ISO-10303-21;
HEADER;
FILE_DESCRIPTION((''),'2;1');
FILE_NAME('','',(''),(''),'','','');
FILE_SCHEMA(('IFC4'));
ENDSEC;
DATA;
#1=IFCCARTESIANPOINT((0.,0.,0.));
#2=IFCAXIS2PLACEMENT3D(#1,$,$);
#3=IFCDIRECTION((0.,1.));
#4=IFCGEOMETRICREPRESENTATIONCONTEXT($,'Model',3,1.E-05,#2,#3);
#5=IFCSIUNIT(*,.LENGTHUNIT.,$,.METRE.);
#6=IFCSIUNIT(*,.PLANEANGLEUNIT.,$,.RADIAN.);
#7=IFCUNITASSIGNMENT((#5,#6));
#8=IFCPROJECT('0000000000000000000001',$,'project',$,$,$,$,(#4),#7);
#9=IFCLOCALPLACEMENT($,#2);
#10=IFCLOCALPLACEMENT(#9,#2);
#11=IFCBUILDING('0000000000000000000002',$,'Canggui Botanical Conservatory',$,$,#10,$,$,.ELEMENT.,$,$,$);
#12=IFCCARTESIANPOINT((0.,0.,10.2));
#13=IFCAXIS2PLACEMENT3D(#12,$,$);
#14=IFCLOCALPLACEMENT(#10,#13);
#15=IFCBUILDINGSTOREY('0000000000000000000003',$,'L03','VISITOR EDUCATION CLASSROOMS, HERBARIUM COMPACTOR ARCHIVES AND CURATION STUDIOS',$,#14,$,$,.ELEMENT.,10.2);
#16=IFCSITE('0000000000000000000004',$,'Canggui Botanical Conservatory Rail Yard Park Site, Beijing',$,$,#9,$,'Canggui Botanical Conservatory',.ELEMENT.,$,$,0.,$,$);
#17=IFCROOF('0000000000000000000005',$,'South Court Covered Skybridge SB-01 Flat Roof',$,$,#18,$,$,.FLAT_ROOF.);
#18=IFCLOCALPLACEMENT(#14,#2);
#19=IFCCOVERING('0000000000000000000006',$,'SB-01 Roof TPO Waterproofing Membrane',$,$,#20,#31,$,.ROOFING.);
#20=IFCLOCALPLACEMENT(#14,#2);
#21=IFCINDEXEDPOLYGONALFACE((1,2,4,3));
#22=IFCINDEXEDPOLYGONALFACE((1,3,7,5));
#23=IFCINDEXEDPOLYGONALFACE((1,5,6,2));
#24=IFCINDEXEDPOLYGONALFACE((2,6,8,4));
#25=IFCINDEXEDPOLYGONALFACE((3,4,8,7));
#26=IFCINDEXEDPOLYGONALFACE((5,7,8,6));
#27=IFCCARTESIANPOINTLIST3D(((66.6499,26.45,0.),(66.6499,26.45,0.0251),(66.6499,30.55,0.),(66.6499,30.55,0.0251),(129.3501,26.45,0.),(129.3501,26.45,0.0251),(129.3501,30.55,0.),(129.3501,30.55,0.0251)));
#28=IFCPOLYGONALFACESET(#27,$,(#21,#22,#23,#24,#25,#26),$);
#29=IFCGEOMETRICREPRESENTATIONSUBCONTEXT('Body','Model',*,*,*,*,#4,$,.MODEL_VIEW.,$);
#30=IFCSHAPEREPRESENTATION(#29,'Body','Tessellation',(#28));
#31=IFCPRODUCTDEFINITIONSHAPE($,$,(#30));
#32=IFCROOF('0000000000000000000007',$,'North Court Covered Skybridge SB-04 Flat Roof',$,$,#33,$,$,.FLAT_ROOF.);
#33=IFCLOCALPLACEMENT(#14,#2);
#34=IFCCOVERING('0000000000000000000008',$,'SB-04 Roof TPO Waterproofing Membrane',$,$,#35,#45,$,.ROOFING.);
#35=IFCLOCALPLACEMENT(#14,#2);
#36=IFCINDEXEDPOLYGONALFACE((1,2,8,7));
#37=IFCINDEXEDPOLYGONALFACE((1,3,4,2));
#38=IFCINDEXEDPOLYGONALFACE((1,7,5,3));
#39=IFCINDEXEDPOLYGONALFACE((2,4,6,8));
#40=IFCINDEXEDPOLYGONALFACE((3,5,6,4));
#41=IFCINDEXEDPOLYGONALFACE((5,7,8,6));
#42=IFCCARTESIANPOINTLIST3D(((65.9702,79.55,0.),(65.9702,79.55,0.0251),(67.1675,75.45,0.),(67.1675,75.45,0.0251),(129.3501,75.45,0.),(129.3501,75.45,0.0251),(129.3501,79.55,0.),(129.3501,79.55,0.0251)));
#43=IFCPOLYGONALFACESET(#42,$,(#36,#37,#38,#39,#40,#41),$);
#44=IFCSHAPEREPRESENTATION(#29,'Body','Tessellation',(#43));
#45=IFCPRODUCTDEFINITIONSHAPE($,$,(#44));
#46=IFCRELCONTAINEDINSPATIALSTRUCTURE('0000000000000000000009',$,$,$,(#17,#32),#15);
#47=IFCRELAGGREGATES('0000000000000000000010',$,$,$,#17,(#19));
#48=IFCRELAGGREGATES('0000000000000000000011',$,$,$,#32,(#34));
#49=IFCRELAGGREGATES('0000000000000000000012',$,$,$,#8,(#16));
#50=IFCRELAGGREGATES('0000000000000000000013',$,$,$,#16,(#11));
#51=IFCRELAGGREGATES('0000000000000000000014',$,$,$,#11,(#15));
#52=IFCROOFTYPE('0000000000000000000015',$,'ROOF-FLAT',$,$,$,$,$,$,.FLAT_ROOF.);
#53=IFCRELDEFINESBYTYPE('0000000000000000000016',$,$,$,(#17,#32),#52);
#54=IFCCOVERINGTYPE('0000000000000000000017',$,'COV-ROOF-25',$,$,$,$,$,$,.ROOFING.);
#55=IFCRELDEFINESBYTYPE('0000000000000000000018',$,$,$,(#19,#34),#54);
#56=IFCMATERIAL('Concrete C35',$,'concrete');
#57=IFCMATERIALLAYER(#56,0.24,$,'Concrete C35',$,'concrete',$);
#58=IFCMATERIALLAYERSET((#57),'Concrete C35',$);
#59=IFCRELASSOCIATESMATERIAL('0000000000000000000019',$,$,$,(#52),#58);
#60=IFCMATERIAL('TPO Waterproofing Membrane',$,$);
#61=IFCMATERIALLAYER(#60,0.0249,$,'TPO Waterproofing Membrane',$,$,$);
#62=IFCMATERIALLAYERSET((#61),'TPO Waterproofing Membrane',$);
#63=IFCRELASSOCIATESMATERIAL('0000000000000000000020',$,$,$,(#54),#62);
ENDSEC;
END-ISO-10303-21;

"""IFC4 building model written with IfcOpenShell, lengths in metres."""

from ifc_helpers import new_model, si_unit, direction, frame, origin, place, context, subcontext, project, spatial, polyline, outline, extrude, material, layer, layer_set, type_object, element, aggregate, save


model = new_model("IFC4")

# Units and contexts
model_context = context("Model", 3, precision=1e-05, world=origin(), true_north=direction((0.0, 1.0)))
body_context = subcontext(model_context, "Body", "Model", "MODEL_VIEW")
ifc_project = project(units=[si_unit("LENGTHUNIT", "METRE"), si_unit("PLANEANGLEUNIT", "RADIAN")], contexts=[model_context])

# Site, building, storey
site_placement = place(None, origin())
site = spatial("IfcSite", under=ifc_project, at=site_placement, Name="Canggui Botanical Conservatory Rail Yard Park Site, Beijing", LongName="Canggui Botanical Conservatory", CompositionType="ELEMENT", RefElevation=0.0)
building_placement = place(site_placement, origin())
building = spatial("IfcBuilding", under=site, at=building_placement, Name="Canggui Botanical Conservatory", CompositionType="ELEMENT")
storey_placement = place(building_placement, frame((0.0, 0.0, 10.2)))
storey = spatial("IfcBuildingStorey", under=building, at=storey_placement, Name="L03", Description="VISITOR EDUCATION CLASSROOMS, HERBARIUM COMPACTOR ARCHIVES AND CURATION STUDIOS", CompositionType="ELEMENT", Elevation=10.2)

# Shared definitions
ifc_material_1 = material(Name="Concrete C35", Category="concrete")

# Roofs, coverings
ifc_layer_1 = layer(ifc_material_1, 0.24, Name="Concrete C35", Category="concrete")
ifc_layer_set_1 = layer_set([ifc_layer_1], Name="Concrete C35")
roof_type = type_object("IfcRoofType", Name="ROOF-FLAT", PredefinedType="FLAT_ROOF", material=ifc_layer_set_1)
roof_1_placement = place(storey_placement, origin())
roof_1 = element("IfcRoof", 1, at=roof_1_placement, inside=storey, type_object=roof_type, Name="South Court Covered Skybridge SB-01 Flat Roof", PredefinedType="FLAT_ROOF")
ifc_material_2 = material(Name="TPO Waterproofing Membrane")
ifc_layer_2 = layer(ifc_material_2, 0.0249, Name="TPO Waterproofing Membrane")
ifc_layer_set_2 = layer_set([ifc_layer_2], Name="TPO Waterproofing Membrane")
covering_type_1 = type_object("IfcCoveringType", Name="COV-ROOF-25", PredefinedType="ROOFING", material=ifc_layer_set_2)
covering_1_placement = place(storey_placement, origin())
covering_1 = element("IfcCovering", 2, at=covering_1_placement, type_object=covering_type_1, Name="SB-01 Roof TPO Waterproofing Membrane", PredefinedType="ROOFING", context=body_context, shape_type="SweptSolid", body=[
    extrude(outline(polyline([(66.6499, 26.45), (66.6499, 30.55), (129.3501, 30.55), (129.3501, 26.45), (66.6499, 26.45)])), origin(), (0.0, 0.0, 1.0), 0.0251),
])
aggregate(roof_1, [covering_1])
roof_2_placement = place(storey_placement, origin())
roof_2 = element("IfcRoof", 3, at=roof_2_placement, inside=storey, type_object=roof_type, Name="North Court Covered Skybridge SB-04 Flat Roof", PredefinedType="FLAT_ROOF")
covering_2_placement = place(storey_placement, origin())
covering_2 = element("IfcCovering", 4, at=covering_2_placement, type_object=covering_type_1, Name="SB-04 Roof TPO Waterproofing Membrane", PredefinedType="ROOFING", context=body_context, shape_type="SweptSolid", body=[
    extrude(outline(polyline([(67.1675, 75.45), (65.9702, 79.55), (129.3501, 79.55), (129.3501, 75.45), (67.1675, 75.45)])), origin(), (0.0, 0.0, 1.0), 0.0251),
])
aggregate(roof_2, [covering_2])

save(model, "model.ifc")
